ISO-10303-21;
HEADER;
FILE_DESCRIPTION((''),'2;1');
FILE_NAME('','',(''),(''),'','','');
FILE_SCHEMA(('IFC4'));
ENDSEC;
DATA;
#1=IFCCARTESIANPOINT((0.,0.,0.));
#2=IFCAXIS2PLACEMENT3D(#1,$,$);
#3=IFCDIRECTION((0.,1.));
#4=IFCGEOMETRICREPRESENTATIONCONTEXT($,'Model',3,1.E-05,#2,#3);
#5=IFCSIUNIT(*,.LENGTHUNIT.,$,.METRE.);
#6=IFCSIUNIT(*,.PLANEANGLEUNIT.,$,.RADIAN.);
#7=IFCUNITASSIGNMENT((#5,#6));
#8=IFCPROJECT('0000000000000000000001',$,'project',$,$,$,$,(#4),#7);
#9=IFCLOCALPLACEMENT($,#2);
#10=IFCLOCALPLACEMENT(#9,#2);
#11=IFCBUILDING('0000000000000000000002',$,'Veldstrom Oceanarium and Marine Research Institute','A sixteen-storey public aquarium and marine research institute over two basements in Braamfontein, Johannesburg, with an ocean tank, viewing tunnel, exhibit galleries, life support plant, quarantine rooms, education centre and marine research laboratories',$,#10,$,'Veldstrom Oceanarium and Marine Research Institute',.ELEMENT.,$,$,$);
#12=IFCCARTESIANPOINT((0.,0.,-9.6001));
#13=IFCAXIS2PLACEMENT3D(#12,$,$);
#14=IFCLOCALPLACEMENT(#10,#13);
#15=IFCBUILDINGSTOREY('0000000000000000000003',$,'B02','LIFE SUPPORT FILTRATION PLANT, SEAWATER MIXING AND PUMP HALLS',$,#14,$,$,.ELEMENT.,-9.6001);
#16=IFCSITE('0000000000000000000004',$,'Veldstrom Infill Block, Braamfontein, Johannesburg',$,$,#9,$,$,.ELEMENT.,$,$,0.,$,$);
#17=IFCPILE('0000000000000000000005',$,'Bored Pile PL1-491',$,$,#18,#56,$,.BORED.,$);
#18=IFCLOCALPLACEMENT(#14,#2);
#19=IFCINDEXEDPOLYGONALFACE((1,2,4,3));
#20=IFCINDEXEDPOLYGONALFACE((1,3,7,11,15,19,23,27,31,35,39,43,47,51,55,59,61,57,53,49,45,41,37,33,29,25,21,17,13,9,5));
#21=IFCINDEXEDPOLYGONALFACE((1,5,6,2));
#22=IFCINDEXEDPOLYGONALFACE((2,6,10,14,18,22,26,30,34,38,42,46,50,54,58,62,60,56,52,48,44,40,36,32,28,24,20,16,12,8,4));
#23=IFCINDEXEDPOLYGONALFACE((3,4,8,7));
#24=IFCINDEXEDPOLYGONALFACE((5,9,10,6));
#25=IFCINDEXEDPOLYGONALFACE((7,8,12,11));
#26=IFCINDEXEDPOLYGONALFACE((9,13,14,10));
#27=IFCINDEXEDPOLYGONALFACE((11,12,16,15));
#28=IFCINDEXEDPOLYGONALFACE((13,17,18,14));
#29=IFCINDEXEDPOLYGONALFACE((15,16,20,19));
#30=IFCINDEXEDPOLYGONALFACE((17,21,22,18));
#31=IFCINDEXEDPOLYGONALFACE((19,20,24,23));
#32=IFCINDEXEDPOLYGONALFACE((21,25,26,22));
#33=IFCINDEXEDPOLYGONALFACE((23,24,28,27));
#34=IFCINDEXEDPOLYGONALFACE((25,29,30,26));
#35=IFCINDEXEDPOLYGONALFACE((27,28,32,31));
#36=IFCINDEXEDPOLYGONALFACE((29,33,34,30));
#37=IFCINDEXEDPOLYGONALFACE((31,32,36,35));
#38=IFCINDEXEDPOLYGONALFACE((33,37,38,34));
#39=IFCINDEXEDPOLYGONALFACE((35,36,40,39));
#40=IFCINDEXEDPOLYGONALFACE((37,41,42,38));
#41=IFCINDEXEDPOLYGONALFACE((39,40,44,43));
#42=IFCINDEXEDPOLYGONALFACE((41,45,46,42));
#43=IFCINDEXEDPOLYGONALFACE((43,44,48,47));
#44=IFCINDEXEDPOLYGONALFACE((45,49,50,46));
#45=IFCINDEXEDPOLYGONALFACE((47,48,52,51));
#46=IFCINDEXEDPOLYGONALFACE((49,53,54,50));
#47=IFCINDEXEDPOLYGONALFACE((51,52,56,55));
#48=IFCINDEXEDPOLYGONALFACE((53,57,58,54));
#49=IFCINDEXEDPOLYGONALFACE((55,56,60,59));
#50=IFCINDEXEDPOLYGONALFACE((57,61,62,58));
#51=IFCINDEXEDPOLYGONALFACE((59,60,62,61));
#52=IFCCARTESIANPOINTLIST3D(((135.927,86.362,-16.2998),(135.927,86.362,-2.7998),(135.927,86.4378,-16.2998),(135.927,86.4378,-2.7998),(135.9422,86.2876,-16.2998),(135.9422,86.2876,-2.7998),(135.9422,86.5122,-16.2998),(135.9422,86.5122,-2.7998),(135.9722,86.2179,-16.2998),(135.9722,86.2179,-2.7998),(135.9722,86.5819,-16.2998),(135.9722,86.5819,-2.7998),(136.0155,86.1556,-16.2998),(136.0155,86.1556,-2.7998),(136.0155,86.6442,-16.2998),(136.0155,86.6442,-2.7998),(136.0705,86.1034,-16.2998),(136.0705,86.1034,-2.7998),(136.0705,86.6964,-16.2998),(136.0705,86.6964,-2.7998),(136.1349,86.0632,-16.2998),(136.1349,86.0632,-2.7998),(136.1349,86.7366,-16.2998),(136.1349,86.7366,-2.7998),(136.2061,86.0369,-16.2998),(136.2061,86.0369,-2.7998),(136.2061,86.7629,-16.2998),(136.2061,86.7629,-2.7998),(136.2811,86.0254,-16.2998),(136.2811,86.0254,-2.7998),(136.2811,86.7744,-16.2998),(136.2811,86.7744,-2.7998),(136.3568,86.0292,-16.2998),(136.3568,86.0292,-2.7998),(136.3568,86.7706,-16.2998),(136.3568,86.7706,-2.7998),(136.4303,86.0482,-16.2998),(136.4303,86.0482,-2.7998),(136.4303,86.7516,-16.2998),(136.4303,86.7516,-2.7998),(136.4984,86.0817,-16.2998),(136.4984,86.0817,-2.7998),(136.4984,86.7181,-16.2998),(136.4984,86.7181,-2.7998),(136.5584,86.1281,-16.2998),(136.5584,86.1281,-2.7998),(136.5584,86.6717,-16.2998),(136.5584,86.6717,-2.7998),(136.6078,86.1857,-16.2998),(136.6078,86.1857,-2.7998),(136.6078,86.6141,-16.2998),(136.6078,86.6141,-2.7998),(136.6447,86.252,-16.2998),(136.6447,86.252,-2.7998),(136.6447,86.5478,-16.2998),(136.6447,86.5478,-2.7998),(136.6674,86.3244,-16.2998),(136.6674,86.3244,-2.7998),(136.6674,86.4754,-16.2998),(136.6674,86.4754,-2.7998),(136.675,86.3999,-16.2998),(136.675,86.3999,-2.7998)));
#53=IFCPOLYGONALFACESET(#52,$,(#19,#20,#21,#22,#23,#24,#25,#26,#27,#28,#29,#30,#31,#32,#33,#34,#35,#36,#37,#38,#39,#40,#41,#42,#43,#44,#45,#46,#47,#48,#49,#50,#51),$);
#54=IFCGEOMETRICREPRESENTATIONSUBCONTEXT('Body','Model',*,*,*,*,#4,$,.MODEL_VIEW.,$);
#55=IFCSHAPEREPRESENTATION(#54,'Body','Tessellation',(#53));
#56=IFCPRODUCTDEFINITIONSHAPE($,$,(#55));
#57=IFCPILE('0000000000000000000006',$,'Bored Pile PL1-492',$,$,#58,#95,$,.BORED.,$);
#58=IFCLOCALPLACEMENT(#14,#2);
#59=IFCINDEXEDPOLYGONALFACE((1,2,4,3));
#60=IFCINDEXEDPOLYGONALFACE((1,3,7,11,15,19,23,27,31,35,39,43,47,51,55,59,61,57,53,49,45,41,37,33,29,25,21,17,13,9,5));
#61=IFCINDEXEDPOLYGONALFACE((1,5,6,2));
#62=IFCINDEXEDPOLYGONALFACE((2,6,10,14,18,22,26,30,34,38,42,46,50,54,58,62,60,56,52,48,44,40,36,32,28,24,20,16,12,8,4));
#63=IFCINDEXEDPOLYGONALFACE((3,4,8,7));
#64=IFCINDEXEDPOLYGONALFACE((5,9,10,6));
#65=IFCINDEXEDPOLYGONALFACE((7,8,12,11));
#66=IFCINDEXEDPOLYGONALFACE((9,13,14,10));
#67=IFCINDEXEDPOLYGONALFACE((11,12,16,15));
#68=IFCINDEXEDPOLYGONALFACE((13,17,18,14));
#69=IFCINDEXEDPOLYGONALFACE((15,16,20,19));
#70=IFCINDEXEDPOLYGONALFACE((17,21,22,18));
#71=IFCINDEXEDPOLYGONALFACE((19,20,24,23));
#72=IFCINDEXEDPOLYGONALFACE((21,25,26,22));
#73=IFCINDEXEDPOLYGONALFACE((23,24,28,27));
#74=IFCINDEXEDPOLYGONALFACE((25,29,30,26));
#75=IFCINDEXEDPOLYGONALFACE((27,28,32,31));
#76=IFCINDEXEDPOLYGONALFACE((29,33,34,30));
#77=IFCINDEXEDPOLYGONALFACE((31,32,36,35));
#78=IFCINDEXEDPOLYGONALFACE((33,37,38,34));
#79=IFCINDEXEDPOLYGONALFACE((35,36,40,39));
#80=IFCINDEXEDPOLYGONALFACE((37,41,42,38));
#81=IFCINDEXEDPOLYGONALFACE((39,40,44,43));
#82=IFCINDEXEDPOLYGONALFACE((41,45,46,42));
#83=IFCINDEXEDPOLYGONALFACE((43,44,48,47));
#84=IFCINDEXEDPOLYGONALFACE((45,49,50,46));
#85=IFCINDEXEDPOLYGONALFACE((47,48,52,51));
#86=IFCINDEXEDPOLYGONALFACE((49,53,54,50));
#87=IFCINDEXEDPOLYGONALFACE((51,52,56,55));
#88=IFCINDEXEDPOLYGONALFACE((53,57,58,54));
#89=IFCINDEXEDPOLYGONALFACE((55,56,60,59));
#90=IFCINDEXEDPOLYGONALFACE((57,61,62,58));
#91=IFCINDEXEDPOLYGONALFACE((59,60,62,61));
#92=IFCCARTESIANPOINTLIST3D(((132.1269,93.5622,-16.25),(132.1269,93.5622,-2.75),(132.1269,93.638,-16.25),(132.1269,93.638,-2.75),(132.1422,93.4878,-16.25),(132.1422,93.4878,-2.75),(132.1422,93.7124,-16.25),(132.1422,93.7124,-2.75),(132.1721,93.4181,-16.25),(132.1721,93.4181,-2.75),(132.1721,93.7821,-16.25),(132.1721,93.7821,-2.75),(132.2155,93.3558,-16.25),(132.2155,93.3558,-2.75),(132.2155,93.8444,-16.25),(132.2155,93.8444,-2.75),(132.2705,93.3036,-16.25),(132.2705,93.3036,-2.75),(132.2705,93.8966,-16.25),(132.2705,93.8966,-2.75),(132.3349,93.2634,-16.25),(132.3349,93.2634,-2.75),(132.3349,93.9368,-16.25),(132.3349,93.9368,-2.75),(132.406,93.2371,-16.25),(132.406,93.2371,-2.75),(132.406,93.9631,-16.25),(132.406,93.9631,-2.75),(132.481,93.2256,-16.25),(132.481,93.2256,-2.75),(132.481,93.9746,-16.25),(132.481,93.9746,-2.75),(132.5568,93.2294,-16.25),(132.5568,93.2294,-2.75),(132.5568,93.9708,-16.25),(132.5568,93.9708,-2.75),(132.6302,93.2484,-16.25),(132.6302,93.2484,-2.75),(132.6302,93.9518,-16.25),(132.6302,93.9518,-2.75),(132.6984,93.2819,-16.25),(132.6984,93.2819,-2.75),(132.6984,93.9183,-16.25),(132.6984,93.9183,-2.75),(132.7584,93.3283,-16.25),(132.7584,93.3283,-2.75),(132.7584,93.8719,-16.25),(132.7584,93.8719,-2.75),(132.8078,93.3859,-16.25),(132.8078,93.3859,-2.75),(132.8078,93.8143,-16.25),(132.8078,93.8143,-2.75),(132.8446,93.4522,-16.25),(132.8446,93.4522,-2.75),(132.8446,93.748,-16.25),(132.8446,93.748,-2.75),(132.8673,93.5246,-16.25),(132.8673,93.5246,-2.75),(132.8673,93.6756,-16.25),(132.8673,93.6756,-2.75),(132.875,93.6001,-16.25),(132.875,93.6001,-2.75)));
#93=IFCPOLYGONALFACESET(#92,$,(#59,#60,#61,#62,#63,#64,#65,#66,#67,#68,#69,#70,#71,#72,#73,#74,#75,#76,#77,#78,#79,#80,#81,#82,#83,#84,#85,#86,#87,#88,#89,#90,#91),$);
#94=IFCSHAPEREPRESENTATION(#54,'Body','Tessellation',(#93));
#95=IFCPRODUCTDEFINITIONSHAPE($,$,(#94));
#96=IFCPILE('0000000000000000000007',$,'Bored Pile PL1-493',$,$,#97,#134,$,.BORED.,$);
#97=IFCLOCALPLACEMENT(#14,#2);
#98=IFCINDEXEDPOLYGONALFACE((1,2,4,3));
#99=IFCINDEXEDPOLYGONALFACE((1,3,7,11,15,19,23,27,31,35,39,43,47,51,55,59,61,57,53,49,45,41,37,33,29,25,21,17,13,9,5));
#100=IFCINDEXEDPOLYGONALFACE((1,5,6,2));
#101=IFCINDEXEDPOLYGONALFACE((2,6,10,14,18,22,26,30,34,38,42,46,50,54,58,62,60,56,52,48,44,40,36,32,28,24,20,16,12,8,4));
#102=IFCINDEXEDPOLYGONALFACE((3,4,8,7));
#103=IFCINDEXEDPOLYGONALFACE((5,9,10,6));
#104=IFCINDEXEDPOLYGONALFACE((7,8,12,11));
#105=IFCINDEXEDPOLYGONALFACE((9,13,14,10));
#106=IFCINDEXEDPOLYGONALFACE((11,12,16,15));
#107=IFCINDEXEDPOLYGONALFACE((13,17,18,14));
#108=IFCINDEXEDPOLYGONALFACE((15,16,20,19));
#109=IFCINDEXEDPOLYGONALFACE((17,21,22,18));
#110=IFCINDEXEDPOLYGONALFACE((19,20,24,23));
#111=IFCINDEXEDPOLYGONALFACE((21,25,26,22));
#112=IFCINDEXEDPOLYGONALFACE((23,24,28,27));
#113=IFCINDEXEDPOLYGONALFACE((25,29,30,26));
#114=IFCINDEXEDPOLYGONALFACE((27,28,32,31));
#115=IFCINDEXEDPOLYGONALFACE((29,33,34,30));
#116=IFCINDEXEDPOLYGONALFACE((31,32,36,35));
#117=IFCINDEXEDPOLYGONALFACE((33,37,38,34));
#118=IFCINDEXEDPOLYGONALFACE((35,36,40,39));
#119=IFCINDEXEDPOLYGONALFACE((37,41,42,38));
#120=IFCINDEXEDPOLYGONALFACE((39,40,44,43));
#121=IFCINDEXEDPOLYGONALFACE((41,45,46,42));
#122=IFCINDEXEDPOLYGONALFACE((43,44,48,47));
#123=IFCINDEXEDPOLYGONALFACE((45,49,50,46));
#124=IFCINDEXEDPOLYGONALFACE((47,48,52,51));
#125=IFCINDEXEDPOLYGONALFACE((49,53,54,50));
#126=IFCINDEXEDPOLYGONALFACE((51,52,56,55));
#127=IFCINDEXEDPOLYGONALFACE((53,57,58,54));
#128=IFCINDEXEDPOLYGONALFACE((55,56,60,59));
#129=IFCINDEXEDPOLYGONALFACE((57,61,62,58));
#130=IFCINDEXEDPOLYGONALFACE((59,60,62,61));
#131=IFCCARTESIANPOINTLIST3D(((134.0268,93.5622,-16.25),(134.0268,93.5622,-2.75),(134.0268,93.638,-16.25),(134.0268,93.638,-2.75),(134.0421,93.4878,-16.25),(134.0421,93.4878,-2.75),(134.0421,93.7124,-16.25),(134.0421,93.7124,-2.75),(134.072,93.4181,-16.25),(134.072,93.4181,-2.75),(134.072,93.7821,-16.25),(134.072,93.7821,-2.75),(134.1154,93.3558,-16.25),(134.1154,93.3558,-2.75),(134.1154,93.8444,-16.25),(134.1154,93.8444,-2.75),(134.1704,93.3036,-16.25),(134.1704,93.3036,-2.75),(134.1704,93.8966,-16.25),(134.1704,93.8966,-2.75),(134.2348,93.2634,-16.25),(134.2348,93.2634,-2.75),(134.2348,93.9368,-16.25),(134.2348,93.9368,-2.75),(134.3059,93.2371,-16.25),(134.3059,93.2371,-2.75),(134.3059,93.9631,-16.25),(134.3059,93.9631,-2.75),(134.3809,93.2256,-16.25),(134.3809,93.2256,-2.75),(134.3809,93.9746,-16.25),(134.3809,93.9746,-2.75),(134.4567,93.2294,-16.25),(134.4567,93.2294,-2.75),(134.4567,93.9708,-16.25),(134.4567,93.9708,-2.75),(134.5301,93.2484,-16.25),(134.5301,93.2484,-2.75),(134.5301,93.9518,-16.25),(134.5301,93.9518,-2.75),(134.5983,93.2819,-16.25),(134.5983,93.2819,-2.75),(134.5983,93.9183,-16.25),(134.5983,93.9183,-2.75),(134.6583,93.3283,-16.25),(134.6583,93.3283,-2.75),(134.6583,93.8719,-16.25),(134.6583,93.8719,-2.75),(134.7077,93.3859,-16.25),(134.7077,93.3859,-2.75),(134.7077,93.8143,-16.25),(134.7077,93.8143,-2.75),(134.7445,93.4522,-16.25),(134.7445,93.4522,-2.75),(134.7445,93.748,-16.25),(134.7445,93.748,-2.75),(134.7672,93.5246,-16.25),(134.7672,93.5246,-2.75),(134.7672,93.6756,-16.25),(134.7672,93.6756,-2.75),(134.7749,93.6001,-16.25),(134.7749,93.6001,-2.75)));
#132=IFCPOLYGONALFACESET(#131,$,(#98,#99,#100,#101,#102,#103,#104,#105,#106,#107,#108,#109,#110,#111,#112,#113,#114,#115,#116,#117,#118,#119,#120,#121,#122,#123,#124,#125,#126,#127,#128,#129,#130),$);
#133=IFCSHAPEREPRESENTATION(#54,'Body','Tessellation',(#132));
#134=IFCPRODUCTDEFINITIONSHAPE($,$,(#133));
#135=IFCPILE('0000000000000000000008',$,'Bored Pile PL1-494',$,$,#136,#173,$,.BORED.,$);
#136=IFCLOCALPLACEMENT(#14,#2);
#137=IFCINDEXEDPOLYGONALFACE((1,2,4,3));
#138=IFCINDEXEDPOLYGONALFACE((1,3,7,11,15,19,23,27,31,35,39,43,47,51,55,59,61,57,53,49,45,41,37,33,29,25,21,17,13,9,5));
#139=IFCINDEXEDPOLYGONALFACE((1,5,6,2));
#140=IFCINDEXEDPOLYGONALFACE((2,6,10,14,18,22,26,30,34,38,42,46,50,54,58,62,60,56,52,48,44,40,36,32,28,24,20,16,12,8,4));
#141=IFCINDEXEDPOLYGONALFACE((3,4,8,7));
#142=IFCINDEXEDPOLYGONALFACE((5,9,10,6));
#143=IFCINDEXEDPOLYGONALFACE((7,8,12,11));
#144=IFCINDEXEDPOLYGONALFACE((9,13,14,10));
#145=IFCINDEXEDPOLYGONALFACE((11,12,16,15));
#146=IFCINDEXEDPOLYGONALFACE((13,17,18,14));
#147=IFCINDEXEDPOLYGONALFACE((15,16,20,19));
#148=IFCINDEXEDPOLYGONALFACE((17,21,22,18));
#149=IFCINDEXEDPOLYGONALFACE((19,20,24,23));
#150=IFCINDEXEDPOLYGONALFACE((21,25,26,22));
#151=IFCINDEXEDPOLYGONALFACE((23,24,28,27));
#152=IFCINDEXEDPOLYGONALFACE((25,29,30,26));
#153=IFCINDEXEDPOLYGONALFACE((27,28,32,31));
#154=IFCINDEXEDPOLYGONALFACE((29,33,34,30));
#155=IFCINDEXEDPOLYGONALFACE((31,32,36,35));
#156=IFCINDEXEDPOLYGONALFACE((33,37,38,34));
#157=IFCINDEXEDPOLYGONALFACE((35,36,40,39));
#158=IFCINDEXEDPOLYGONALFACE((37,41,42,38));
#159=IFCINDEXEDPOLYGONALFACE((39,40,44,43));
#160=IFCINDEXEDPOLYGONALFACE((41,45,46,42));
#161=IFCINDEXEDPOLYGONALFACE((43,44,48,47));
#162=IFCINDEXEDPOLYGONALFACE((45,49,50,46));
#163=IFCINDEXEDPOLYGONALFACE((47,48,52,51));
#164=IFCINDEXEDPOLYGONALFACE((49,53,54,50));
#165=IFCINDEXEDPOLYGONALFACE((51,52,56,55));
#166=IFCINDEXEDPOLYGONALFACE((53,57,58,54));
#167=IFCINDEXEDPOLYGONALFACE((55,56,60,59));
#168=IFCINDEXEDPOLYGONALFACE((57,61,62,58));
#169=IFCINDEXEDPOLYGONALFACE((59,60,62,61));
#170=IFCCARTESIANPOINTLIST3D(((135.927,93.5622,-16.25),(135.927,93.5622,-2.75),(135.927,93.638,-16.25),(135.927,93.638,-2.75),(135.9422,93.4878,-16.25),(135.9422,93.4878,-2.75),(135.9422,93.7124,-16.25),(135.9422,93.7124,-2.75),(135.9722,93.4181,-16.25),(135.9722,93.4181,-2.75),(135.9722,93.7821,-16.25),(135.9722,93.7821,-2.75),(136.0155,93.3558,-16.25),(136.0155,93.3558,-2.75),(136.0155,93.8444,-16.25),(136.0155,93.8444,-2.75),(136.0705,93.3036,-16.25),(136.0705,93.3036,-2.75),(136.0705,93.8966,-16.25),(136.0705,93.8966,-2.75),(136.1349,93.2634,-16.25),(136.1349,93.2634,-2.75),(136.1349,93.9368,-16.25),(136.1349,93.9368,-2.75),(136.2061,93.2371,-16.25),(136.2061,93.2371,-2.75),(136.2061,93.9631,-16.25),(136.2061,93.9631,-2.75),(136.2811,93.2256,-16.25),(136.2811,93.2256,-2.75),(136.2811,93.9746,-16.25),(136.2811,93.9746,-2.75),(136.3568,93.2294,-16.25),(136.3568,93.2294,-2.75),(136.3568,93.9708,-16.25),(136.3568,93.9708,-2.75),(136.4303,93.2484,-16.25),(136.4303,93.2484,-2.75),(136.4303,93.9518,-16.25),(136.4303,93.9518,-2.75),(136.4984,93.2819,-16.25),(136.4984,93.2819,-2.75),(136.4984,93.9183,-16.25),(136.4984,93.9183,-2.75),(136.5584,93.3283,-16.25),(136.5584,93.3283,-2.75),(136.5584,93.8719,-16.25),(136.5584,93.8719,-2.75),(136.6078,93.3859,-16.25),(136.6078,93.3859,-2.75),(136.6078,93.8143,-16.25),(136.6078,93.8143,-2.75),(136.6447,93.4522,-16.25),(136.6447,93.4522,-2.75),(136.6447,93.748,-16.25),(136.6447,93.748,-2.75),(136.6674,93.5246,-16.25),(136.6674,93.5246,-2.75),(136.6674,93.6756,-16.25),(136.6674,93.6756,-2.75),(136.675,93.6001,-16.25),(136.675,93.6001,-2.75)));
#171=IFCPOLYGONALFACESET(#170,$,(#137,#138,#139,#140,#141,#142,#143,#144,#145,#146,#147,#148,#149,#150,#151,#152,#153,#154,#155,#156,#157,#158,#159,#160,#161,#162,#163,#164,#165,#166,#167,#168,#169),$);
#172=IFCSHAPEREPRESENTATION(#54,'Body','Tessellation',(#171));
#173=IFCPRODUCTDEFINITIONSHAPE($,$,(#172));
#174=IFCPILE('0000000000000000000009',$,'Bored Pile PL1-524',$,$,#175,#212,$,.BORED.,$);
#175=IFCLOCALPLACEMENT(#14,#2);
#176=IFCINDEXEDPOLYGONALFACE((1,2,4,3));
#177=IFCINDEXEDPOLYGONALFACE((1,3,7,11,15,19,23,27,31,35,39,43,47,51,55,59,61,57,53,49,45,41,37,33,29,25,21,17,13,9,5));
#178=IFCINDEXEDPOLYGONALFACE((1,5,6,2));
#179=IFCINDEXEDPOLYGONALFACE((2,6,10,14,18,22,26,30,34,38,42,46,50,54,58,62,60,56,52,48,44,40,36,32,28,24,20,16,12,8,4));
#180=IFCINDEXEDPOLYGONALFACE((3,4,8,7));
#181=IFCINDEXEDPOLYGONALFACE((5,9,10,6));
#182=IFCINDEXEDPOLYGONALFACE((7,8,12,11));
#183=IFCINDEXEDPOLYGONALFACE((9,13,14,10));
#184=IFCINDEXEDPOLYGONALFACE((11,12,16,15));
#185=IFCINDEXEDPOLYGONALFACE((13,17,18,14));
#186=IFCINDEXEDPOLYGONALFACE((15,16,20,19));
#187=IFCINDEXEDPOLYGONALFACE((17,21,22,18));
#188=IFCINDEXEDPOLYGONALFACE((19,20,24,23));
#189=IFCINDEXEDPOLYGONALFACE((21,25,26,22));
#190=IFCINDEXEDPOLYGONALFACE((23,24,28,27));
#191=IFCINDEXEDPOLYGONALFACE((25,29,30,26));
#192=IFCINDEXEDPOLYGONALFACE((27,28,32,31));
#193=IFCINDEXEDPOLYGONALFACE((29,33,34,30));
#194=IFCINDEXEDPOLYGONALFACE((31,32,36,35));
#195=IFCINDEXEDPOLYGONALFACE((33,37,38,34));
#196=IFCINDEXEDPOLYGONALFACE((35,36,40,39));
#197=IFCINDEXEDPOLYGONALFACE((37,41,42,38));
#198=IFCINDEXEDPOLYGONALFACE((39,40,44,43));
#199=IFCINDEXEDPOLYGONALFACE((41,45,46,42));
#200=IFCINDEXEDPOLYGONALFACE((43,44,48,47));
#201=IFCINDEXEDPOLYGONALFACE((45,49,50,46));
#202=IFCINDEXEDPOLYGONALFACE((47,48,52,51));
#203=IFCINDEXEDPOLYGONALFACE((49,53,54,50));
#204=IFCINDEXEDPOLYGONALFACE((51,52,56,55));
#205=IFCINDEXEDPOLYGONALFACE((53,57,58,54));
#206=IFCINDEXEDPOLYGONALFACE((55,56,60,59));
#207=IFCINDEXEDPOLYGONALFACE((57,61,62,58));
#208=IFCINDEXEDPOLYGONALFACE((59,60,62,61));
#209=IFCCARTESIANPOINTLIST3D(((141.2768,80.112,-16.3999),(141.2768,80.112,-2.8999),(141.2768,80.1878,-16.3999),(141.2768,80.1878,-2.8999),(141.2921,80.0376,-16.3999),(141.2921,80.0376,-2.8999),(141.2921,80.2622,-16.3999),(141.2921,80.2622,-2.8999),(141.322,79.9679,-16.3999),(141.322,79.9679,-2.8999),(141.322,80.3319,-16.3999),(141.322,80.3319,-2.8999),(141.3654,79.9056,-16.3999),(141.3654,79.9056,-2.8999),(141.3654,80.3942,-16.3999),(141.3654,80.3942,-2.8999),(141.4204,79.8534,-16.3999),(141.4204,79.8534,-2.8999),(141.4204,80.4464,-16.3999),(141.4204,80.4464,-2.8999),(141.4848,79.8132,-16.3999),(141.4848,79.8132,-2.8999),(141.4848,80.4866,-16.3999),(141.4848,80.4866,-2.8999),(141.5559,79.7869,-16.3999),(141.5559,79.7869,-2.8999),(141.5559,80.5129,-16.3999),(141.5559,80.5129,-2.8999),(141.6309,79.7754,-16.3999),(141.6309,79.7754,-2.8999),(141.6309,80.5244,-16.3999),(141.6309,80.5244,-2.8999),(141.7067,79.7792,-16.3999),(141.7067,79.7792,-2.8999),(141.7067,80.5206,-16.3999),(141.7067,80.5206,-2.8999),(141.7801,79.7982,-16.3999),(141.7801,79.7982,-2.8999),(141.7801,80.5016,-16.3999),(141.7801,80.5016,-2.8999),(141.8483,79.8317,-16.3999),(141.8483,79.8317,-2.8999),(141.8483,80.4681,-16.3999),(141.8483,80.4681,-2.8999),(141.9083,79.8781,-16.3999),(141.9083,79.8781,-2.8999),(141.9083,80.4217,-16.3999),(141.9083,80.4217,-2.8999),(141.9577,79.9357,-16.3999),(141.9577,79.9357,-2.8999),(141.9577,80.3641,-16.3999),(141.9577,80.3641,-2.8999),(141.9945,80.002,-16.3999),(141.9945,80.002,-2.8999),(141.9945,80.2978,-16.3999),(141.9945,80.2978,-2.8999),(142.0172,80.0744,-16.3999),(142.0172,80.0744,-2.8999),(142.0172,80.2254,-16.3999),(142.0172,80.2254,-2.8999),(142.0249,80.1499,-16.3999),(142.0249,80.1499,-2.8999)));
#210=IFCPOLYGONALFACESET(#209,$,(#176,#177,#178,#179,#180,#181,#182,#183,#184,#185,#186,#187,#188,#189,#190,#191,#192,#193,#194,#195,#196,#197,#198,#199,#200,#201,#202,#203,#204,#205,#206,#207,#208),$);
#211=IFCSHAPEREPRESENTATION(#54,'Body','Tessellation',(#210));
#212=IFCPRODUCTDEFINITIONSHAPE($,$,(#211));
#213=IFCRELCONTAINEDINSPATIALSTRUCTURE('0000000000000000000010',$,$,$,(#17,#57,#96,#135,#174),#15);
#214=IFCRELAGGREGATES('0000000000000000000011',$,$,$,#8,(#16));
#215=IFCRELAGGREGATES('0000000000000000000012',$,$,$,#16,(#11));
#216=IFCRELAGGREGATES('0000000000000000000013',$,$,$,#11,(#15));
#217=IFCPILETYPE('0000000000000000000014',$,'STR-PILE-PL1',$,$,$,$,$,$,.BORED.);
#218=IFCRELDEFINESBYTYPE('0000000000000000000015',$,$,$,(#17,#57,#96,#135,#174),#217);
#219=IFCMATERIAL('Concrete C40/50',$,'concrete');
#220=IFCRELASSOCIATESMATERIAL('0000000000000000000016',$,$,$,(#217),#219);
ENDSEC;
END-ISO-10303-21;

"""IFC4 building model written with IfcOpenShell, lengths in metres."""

from ifc_helpers import new_model, si_unit, direction, frame, origin, origin_2d, place, context, subcontext, project, spatial, circle, extrude, material, material_profile, profile_set, type_object, element, save


model = new_model("IFC4")

# Units and contexts
model_context = context("Model", 3, precision=1e-05, world=origin(), true_north=direction((0.0, 1.0)))
body_context = subcontext(model_context, "Body", "Model", "MODEL_VIEW")
ifc_project = project(units=[si_unit("LENGTHUNIT", "METRE"), si_unit("PLANEANGLEUNIT", "RADIAN")], contexts=[model_context])

# Site, building, storey
site_placement = place(None, origin())
site = spatial("IfcSite", under=ifc_project, at=site_placement, Name="Veldstrom Infill Block, Braamfontein, Johannesburg", CompositionType="ELEMENT", RefElevation=0.0)
building_placement = place(site_placement, origin())
building = spatial("IfcBuilding", under=site, at=building_placement, Name="Veldstrom Oceanarium and Marine Research Institute", Description="A sixteen-storey public aquarium and marine research institute over two basements in Braamfontein, Johannesburg, with an ocean tank, viewing tunnel, exhibit galleries, life support plant, quarantine rooms, education centre and marine research laboratories", LongName="Veldstrom Oceanarium and Marine Research Institute", CompositionType="ELEMENT")
storey_placement = place(building_placement, frame((0.0, 0.0, -9.6001)))
storey = spatial("IfcBuildingStorey", under=building, at=storey_placement, Name="B02", Description="LIFE SUPPORT FILTRATION PLANT, SEAWATER MIXING AND PUMP HALLS", CompositionType="ELEMENT", Elevation=-9.6001)

# Piles
ifc_material_1 = material(Name="Concrete C40/50", Category="concrete")
ifc_material_profile_1 = material_profile(ifc_material_1, circle(Radius=0.375, at=origin_2d()), Name="PILE-D750")
ifc_profile_set_1 = profile_set([ifc_material_profile_1], Name="Concrete C40/50")
pile_type = type_object("IfcPileType", Name="STR-PILE-PL1", PredefinedType="BORED", material=ifc_profile_set_1)
for number, where, z_axis, x_axis, name in (
    (1, (136.3, 86.3999, -2.7998), (0.0, 0.0, -1.0), (1.0, 0.0, 0.0), "Bored Pile PL1-491"),
    (2, (132.5, 93.6001, -2.75), (0.0, 0.0, -1.0), (1.0, 0.0, 0.0), "Bored Pile PL1-492"),
    (3, (134.3999, 93.6001, -2.75), (0.0, 0.0, -1.0), (1.0, 0.0, 0.0), "Bored Pile PL1-493"),
    (4, (136.3, 93.6001, -2.75), (0.0, 0.0, -1.0), (1.0, 0.0, 0.0), "Bored Pile PL1-494"),
    (5, (141.6499, 80.1499, -2.8999), (0.0, 0.0, -1.0), (1.0, 0.0, 0.0), "Bored Pile PL1-524"),
):
    element("IfcPile", number, at=place(storey_placement, frame(where, z_axis=z_axis, x_axis=x_axis)), inside=storey, type_object=pile_type, Name=name, PredefinedType="BORED", context=body_context, shape_type="SweptSolid", body=[
        extrude(circle(Radius=0.375, at=origin_2d()), origin(), (0.0, 0.0, 1.0), 13.5),
    ])

save(model, "model.ifc")
